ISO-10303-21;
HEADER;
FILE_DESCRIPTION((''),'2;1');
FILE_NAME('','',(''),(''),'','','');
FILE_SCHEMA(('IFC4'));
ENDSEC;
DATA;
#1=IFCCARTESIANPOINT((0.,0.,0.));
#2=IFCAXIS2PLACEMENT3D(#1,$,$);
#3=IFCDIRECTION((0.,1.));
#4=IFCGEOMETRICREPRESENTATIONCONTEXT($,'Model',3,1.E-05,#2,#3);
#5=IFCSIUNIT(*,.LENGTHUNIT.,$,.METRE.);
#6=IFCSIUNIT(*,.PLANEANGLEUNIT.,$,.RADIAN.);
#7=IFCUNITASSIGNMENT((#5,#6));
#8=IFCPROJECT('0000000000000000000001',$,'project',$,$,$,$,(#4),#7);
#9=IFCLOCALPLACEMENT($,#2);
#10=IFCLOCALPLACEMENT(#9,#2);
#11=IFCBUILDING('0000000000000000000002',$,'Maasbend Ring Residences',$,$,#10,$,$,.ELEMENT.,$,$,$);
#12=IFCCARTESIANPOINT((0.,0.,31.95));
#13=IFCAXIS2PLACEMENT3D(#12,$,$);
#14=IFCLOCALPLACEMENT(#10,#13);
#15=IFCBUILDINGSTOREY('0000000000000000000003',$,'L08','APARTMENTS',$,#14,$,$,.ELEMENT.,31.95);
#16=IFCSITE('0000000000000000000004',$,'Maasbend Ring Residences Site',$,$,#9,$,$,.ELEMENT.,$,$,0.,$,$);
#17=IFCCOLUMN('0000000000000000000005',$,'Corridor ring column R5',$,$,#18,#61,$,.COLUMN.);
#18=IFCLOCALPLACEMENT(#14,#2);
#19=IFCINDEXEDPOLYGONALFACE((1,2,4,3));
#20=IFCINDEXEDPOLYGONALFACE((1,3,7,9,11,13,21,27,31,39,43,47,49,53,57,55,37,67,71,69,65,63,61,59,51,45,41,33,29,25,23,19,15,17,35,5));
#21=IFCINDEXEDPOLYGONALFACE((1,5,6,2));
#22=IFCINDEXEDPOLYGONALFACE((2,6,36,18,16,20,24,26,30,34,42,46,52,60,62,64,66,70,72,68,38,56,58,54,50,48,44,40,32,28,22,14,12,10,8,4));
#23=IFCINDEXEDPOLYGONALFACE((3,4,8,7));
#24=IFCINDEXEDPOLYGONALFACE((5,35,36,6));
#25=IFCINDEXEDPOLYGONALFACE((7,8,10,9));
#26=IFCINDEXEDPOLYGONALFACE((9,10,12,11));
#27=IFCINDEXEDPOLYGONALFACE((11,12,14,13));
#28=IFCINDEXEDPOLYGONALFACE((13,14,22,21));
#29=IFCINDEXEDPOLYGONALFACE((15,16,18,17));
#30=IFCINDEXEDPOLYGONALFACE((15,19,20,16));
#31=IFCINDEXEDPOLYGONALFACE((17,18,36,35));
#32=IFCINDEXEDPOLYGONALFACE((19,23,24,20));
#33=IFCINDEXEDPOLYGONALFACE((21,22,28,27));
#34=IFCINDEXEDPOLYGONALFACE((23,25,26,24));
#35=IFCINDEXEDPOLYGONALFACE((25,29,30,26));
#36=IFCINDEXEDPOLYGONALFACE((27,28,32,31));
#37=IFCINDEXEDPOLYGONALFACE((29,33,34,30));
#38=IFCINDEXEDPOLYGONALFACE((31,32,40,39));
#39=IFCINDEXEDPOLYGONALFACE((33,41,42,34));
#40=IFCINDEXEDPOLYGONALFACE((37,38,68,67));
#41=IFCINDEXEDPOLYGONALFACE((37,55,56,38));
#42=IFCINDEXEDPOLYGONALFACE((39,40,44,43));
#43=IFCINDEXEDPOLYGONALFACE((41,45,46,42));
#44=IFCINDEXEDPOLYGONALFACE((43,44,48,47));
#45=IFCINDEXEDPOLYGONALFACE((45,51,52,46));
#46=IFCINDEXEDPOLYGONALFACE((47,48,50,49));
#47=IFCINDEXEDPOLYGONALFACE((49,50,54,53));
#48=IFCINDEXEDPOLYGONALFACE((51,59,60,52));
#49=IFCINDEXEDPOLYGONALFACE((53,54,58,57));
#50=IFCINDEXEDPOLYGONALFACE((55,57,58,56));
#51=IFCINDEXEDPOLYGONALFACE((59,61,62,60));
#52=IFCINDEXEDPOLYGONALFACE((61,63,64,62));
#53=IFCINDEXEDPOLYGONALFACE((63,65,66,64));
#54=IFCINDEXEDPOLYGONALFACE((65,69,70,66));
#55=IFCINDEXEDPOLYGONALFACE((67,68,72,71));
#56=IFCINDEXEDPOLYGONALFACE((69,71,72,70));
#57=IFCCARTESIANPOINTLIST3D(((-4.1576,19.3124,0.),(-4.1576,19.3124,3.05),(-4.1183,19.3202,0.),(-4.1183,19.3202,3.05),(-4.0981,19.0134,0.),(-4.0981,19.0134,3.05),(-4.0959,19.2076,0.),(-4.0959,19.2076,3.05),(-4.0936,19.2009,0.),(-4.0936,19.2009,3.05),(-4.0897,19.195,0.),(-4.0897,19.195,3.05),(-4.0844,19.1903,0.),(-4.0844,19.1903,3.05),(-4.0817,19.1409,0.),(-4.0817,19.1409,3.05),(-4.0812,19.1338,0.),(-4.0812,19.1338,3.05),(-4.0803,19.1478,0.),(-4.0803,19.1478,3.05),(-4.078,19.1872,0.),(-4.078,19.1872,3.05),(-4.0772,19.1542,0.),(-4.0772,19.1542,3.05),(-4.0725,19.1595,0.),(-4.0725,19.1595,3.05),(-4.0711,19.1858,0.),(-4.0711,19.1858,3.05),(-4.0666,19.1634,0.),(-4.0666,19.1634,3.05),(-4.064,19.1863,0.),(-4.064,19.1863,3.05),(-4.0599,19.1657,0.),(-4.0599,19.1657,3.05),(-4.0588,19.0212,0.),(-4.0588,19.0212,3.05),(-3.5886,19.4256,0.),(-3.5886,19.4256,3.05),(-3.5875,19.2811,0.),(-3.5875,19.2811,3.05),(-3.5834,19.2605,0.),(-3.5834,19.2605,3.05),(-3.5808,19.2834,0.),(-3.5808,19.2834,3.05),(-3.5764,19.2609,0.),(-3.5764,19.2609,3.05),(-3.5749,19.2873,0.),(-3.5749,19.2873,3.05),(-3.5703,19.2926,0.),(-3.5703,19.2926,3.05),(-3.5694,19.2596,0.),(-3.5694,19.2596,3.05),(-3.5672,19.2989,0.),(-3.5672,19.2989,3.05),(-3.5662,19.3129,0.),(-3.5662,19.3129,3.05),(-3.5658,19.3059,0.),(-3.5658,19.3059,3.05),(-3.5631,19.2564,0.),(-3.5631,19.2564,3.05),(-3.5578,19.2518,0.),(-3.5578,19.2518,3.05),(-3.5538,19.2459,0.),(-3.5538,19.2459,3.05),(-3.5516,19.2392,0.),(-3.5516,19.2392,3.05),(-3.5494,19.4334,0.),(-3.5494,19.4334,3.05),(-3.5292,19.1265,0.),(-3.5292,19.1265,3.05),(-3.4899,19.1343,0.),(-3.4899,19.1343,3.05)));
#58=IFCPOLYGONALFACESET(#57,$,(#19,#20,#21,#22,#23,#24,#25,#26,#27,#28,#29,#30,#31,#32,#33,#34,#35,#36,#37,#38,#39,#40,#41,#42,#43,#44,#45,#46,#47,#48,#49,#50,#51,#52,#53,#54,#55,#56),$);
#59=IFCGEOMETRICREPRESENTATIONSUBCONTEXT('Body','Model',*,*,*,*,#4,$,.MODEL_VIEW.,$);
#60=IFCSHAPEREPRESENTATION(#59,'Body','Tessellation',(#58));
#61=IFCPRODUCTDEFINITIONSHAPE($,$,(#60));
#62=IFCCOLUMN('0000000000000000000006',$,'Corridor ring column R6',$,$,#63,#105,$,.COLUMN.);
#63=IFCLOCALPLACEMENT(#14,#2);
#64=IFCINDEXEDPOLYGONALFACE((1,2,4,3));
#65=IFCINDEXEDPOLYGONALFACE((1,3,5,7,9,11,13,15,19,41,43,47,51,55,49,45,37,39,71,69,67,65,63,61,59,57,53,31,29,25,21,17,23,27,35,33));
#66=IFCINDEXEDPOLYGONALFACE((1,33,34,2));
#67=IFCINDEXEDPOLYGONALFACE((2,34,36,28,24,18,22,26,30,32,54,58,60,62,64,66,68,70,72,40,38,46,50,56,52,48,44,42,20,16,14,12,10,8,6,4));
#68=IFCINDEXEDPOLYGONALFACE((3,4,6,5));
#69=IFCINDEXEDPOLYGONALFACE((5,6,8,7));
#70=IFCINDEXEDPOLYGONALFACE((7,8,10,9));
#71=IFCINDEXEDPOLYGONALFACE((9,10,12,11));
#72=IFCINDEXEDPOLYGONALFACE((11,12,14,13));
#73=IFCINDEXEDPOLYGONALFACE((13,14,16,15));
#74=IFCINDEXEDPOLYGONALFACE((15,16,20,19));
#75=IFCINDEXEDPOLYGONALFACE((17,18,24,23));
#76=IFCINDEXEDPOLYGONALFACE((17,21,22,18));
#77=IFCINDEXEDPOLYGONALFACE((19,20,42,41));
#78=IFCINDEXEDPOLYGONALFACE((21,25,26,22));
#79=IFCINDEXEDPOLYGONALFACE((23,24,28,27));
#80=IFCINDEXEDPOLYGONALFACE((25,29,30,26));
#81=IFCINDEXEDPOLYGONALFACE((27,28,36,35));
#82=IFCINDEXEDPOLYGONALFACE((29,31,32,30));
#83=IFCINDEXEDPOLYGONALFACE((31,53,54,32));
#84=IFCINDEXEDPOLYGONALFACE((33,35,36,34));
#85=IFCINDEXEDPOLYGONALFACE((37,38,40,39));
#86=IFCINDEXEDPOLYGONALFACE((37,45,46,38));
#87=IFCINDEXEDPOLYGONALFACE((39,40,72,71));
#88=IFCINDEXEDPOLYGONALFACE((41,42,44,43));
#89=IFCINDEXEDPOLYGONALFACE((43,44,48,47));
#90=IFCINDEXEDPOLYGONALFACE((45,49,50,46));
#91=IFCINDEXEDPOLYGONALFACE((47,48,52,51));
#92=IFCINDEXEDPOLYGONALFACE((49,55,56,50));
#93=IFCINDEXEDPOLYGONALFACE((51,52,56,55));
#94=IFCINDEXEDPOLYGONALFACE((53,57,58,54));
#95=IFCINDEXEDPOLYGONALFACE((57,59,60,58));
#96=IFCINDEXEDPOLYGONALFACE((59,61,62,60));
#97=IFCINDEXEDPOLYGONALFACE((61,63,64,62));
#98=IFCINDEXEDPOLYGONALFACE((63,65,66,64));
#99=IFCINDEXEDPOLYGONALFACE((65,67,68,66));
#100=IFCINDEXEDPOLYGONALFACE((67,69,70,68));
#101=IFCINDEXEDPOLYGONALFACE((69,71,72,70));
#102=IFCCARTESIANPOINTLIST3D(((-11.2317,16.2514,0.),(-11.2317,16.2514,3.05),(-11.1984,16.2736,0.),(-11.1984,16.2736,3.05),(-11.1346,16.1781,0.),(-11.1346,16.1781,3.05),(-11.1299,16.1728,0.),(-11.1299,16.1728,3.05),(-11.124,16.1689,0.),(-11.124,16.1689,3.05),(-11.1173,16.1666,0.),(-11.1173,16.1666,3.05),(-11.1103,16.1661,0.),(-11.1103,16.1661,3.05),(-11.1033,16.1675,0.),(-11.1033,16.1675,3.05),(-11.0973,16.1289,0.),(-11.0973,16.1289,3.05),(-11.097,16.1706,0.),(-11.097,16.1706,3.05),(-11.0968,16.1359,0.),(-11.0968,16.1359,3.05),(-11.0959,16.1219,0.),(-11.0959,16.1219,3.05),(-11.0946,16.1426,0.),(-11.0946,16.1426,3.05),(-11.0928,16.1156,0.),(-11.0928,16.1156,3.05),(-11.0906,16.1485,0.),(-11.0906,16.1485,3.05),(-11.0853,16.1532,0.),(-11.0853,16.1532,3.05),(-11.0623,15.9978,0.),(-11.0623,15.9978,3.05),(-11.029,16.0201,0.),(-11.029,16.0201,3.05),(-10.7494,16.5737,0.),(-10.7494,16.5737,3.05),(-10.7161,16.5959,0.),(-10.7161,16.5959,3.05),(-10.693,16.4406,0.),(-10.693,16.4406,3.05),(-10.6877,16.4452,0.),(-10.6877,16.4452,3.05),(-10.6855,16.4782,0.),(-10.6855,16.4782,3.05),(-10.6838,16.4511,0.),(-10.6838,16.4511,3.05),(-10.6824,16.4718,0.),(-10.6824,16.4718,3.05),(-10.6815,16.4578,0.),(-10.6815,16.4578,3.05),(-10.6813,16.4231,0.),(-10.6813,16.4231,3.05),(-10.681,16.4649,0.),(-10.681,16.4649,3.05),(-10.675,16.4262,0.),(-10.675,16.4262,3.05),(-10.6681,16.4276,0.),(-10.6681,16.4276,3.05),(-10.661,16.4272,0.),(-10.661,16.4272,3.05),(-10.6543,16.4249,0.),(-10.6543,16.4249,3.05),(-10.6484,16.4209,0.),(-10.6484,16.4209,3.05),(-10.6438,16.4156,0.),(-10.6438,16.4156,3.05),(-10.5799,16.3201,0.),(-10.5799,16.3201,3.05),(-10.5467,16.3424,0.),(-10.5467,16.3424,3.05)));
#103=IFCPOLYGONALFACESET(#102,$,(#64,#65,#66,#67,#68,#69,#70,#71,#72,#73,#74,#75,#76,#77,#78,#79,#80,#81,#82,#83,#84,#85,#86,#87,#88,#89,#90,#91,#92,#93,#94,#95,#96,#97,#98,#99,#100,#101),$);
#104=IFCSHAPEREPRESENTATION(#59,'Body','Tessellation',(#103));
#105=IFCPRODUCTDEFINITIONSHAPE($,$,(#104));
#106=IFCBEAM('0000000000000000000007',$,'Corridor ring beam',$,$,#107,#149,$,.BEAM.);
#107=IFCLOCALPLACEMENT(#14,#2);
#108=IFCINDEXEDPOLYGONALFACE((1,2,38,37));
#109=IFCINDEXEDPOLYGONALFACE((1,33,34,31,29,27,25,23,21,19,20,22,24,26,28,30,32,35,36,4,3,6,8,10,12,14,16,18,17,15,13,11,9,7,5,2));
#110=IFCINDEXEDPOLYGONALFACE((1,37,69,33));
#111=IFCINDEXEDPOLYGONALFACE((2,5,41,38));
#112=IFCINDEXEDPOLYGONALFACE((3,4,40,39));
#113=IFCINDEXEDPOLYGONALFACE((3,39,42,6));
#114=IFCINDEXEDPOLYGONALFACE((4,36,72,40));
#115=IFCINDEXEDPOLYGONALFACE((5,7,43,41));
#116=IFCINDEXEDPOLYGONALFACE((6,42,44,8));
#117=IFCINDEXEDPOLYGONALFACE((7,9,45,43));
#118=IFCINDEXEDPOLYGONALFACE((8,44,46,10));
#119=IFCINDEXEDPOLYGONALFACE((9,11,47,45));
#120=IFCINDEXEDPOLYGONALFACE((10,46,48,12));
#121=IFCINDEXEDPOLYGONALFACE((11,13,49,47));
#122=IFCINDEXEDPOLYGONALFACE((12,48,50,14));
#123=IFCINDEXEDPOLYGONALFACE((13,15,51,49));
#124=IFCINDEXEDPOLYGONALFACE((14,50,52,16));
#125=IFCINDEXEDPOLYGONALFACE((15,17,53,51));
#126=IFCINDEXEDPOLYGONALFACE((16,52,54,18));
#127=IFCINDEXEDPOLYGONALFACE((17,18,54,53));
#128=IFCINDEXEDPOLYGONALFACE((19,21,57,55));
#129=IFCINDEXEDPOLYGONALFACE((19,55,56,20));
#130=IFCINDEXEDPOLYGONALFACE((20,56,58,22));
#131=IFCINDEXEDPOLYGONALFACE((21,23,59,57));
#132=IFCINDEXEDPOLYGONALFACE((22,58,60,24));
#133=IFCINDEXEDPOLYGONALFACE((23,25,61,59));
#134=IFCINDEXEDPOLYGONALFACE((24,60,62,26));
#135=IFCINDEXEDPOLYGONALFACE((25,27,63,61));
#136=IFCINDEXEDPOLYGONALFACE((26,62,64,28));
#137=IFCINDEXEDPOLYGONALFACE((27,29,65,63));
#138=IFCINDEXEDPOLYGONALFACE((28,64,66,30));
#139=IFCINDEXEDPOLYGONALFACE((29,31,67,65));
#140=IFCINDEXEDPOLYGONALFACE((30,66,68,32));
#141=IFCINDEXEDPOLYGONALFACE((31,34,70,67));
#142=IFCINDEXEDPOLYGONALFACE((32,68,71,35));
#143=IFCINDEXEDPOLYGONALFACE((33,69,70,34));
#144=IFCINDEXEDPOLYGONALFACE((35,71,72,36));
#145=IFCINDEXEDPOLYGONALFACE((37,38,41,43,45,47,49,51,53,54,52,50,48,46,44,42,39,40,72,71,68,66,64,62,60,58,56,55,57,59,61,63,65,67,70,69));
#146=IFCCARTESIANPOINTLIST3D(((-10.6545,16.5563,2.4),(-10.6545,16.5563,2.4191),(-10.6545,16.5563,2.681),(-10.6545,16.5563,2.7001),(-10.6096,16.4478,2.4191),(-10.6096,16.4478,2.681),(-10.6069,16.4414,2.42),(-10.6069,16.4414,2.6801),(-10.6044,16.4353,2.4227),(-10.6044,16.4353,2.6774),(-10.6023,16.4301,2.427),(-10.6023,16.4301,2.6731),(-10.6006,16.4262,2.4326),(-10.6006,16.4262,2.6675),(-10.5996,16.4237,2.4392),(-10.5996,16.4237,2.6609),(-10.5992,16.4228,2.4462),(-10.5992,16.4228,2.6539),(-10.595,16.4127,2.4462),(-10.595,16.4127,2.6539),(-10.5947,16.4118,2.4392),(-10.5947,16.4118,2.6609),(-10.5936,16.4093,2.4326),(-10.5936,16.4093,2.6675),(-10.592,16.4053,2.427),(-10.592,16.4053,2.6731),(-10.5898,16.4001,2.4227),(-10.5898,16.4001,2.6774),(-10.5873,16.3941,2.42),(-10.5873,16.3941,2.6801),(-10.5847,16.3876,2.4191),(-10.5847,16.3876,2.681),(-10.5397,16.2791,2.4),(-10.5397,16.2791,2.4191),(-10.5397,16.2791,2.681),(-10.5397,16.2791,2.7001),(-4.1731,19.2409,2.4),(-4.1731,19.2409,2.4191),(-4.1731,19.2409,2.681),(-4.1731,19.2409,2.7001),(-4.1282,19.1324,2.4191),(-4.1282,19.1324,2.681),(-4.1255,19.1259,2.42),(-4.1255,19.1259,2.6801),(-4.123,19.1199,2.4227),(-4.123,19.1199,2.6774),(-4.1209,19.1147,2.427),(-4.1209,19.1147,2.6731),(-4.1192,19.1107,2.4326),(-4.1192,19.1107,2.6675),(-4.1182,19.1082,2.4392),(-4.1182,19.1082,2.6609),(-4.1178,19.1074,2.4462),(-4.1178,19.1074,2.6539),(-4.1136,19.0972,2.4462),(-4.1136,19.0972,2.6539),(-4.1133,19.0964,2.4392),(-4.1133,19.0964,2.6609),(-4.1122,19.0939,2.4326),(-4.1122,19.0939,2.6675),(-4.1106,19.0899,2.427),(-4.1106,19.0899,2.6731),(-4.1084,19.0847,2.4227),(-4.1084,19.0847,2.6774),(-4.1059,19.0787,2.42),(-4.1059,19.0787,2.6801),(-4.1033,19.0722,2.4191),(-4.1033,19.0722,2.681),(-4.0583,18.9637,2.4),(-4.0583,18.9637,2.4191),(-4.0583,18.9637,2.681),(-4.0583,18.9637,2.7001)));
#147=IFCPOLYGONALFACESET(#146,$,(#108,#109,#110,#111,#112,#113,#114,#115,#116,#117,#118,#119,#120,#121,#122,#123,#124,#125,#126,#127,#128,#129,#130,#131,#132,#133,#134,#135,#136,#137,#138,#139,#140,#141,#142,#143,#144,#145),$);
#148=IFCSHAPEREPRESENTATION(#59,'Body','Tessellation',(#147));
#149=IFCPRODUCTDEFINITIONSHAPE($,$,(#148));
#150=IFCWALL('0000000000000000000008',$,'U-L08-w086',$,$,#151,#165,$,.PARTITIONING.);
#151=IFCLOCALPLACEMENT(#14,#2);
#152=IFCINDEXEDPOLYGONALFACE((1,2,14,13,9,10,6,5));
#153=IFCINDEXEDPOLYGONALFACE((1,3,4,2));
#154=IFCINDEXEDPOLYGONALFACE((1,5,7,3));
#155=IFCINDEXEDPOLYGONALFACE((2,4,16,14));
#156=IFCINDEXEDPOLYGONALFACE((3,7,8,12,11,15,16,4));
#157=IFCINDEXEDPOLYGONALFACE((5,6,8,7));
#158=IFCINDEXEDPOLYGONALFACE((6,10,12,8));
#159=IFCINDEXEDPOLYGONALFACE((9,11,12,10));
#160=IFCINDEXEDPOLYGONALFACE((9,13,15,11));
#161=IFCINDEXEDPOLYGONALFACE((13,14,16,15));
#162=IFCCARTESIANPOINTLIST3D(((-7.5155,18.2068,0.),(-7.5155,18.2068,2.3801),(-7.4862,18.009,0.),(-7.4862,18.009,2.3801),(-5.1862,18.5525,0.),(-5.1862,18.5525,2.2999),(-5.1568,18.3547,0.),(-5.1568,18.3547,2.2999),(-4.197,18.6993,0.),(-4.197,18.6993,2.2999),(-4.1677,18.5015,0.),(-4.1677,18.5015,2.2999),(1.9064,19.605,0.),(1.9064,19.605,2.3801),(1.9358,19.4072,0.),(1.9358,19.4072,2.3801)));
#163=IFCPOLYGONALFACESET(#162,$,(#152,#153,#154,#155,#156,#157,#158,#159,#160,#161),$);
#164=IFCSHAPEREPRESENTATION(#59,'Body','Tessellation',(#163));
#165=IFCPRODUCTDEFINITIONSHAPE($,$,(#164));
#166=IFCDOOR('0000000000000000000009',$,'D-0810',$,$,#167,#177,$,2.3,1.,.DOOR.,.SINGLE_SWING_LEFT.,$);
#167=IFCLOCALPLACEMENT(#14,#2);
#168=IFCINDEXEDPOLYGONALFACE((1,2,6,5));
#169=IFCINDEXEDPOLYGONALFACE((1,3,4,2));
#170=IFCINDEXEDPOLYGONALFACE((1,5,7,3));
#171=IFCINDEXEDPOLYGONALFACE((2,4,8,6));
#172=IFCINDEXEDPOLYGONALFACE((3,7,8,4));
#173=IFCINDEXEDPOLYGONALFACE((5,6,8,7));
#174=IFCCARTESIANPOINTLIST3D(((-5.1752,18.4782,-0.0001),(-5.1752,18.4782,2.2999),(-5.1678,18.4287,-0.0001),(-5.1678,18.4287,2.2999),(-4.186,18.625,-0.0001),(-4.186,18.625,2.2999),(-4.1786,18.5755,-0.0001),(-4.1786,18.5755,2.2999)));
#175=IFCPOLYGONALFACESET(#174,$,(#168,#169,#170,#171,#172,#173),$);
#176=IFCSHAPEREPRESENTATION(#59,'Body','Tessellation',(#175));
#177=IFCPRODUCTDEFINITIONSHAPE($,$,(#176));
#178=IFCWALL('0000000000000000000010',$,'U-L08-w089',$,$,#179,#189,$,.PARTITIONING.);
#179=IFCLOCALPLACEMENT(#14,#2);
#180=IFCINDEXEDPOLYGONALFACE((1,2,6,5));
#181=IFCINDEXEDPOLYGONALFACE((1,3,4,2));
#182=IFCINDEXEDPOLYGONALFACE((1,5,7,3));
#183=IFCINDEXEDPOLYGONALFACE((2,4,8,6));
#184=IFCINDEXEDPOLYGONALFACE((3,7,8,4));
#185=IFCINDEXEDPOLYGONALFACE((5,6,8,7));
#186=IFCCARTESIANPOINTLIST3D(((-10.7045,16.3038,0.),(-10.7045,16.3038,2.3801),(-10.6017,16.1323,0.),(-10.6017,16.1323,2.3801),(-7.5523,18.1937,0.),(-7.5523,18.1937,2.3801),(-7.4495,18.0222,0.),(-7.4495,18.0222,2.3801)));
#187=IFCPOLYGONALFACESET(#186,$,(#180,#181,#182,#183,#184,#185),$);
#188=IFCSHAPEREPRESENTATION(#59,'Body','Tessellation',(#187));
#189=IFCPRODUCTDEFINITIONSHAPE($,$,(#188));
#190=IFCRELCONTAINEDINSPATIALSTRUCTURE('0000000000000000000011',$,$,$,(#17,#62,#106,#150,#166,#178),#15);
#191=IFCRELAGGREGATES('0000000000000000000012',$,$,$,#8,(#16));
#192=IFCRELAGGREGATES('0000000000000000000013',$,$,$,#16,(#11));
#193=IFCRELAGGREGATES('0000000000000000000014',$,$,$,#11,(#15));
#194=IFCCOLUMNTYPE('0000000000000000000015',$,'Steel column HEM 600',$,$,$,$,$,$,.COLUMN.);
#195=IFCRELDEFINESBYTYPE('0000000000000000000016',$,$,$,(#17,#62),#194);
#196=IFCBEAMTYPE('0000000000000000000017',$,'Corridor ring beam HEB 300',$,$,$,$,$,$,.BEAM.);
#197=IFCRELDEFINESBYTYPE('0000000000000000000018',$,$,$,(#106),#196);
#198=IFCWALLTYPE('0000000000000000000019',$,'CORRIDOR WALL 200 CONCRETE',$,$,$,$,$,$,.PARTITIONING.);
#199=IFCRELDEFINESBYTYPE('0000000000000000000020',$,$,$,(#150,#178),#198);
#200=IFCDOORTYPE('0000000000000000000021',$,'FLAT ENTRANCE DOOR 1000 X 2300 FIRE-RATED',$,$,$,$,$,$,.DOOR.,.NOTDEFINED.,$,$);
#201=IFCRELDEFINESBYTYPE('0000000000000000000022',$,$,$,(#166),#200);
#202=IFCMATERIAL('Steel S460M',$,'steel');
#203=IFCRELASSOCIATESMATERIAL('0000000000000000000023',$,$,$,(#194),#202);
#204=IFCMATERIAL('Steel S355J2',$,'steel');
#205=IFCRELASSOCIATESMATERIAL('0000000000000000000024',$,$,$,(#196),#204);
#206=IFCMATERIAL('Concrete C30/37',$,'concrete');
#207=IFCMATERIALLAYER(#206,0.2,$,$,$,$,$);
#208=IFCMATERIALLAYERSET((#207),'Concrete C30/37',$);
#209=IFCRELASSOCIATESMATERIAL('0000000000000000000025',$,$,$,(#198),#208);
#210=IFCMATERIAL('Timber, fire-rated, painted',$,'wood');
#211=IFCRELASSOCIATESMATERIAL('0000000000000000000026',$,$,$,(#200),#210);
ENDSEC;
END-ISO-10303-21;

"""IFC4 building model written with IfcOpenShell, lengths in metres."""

from ifc_helpers import new_model, si_unit, direction, frame, frame_2d, origin, origin_2d, place, context, subcontext, project, spatial, rectangle, i_section, extrude, material, layer, layer_set, material_profile, profile_set, type_object, element, fill, save


model = new_model("IFC4")

# Units and contexts
model_context = context("Model", 3, precision=1e-05, world=origin(), true_north=direction((0.0, 1.0)))
body_context = subcontext(model_context, "Body", "Model", "MODEL_VIEW")
ifc_project = project(units=[si_unit("LENGTHUNIT", "METRE"), si_unit("PLANEANGLEUNIT", "RADIAN")], contexts=[model_context])

# Site, building, storey
site_placement = place(None, origin())
site = spatial("IfcSite", under=ifc_project, at=site_placement, Name="Maasbend Ring Residences Site", CompositionType="ELEMENT", RefElevation=0.0)
building_placement = place(site_placement, origin())
building = spatial("IfcBuilding", under=site, at=building_placement, Name="Maasbend Ring Residences", CompositionType="ELEMENT")
storey_placement = place(building_placement, frame((0.0, 0.0, 31.95)))
storey = spatial("IfcBuildingStorey", under=building, at=storey_placement, Name="L08", Description="APARTMENTS", CompositionType="ELEMENT", Elevation=31.95)

# Columns
ifc_material_1 = material(Name="Steel S460M", Category="steel")
ifc_material_profile_1 = material_profile(ifc_material_1, i_section(OverallWidth=0.3049, OverallDepth=0.6201, WebThickness=0.021, FlangeThickness=0.04, FilletRadius=0.0271, at=origin_2d()), Name="HEM 600")
ifc_profile_set_1 = profile_set([ifc_material_profile_1], Name="Steel S460M")
column_type = type_object("IfcColumnType", Name="Steel column HEM 600", PredefinedType="COLUMN", material=ifc_profile_set_1)
for number, where, z_axis, x_axis, name in (
    (1, (-3.8237, 19.2234, 0.0), (0.0, 0.0, 1.0), (-0.19509, 0.980785, 0.0), "Corridor ring column R5"),
    (2, (-10.8892, 16.2969, 0.0), (0.0, 0.0, 1.0), (-0.55557, 0.83147, 0.0), "Corridor ring column R6"),
):
    element("IfcColumn", number, at=place(storey_placement, frame(where, z_axis=z_axis, x_axis=x_axis)), inside=storey, type_object=column_type, Name=name, PredefinedType="COLUMN", context=body_context, shape_type="SweptSolid", body=[
        extrude(i_section(OverallWidth=0.3049, OverallDepth=0.6201, WebThickness=0.021, FlangeThickness=0.04, FilletRadius=0.0271, at=origin_2d()), origin(), (0.0, 0.0, 1.0), 3.05),
    ])

# Beam
ifc_material_2 = material(Name="Steel S355J2", Category="steel")
ifc_material_profile_2 = material_profile(ifc_material_2, i_section(OverallWidth=0.3, OverallDepth=0.3, WebThickness=0.011, FlangeThickness=0.019, FilletRadius=0.0271, at=origin_2d()), Name="HEB 300")
ifc_profile_set_2 = profile_set([ifc_material_profile_2], Name="Steel S355J2")
beam_type = type_object("IfcBeamType", Name="Corridor ring beam HEB 300", PredefinedType="BEAM", material=ifc_profile_set_2)
beam_placement = place(storey_placement, frame((-4.1157, 19.1023, 2.55), z_axis=(-0.923886, -0.382667, 0.0), x_axis=(0.382667, -0.923886, 0.0)))
element("IfcBeam", 3, at=beam_placement, inside=storey, type_object=beam_type, Name="Corridor ring beam", PredefinedType="BEAM", context=body_context, shape_type="SweptSolid", body=[
    extrude(i_section(OverallWidth=0.3, OverallDepth=0.3, WebThickness=0.011, FlangeThickness=0.019, FilletRadius=0.0271, at=origin_2d()), origin(), (0.0, 0.0, 1.0), 7.0154),
])

# Wall, opening, door
ifc_material_3 = material(Name="Concrete C30/37", Category="concrete")
ifc_layer_1 = layer(ifc_material_3, 0.2)
ifc_layer_set_1 = layer_set([ifc_layer_1], Name="Concrete C30/37")
wall_type_1 = type_object("IfcWallType", Name="CORRIDOR WALL 200 CONCRETE", PredefinedType="PARTITIONING", material=ifc_layer_set_1)
wall_1_placement = place(storey_placement, frame((-7.501, 18.1079, 0.0), z_axis=(0.0, 0.0, 1.0), x_axis=(0.989168, 0.146791, 0.0)))
wall_1 = element("IfcWall", 4, at=wall_1_placement, inside=storey, type_object=wall_type_1, Name="U-L08-w086", PredefinedType="PARTITIONING", context=body_context, shape_type="SweptSolid", body=[
    extrude(rectangle(XDim=9.5251, YDim=0.2, at=frame_2d((4.7627, 0.0))), origin(), (0.0, 0.0, 1.0), 2.3801),
])
opening_1_placement = place(wall_1_placement, frame((2.355, 0.0, 0.0)))
opening_1 = element("IfcOpeningElement", 5, at=opening_1_placement, cuts=wall_1, PredefinedType="OPENING", context=body_context, shape_type="SweptSolid", body=[
    extrude(rectangle(XDim=1.0, YDim=2.3, at=frame_2d((0.5, 1.1499))), frame((0.0, 0.1099, 0.0), z_axis=(0.0, -1.0, 0.0), x_axis=(1.0, 0.0, 0.0)), (0.0, 0.0, 1.0), 0.22),
])
ifc_material_4 = material(Name="Timber, fire-rated, painted", Category="wood")
door_type_1 = type_object("IfcDoorType", Name="FLAT ENTRANCE DOOR 1000 X 2300 FIRE-RATED", OperationType="NOTDEFINED", PredefinedType="DOOR", material=ifc_material_4)
door_1_placement = place(opening_1_placement, origin())
door_1 = element("IfcDoor", 6, at=door_1_placement, inside=storey, type_object=door_type_1, Name="D-0810", OperationType="SINGLE_SWING_LEFT", OverallHeight=2.3, OverallWidth=1.0, PredefinedType="DOOR", context=body_context, shape_type="SweptSolid", body=[
    extrude(rectangle(XDim=1.0, YDim=2.3, at=frame_2d((0.5, 1.1499))), frame((0.0, 0.0249, 0.0), z_axis=(0.0, -1.0, 0.0), x_axis=(1.0, 0.0, 0.0)), (0.0, 0.0, 1.0), 0.05),
])
fill(opening_1, door_1)

# Wall
wall_2_placement = place(storey_placement, frame((-10.6531, 16.218, 0.0), z_axis=(0.0, 0.0, 1.0), x_axis=(0.857657, 0.514222, 0.0)))
element("IfcWall", 7, at=wall_2_placement, inside=storey, type_object=wall_type_1, Name="U-L08-w089", PredefinedType="PARTITIONING", context=body_context, shape_type="SweptSolid", body=[
    extrude(rectangle(XDim=3.6753, YDim=0.2, at=frame_2d((1.8376, 0.0))), origin(), (0.0, 0.0, 1.0), 2.3801),
])

save(model, "model.ifc")
